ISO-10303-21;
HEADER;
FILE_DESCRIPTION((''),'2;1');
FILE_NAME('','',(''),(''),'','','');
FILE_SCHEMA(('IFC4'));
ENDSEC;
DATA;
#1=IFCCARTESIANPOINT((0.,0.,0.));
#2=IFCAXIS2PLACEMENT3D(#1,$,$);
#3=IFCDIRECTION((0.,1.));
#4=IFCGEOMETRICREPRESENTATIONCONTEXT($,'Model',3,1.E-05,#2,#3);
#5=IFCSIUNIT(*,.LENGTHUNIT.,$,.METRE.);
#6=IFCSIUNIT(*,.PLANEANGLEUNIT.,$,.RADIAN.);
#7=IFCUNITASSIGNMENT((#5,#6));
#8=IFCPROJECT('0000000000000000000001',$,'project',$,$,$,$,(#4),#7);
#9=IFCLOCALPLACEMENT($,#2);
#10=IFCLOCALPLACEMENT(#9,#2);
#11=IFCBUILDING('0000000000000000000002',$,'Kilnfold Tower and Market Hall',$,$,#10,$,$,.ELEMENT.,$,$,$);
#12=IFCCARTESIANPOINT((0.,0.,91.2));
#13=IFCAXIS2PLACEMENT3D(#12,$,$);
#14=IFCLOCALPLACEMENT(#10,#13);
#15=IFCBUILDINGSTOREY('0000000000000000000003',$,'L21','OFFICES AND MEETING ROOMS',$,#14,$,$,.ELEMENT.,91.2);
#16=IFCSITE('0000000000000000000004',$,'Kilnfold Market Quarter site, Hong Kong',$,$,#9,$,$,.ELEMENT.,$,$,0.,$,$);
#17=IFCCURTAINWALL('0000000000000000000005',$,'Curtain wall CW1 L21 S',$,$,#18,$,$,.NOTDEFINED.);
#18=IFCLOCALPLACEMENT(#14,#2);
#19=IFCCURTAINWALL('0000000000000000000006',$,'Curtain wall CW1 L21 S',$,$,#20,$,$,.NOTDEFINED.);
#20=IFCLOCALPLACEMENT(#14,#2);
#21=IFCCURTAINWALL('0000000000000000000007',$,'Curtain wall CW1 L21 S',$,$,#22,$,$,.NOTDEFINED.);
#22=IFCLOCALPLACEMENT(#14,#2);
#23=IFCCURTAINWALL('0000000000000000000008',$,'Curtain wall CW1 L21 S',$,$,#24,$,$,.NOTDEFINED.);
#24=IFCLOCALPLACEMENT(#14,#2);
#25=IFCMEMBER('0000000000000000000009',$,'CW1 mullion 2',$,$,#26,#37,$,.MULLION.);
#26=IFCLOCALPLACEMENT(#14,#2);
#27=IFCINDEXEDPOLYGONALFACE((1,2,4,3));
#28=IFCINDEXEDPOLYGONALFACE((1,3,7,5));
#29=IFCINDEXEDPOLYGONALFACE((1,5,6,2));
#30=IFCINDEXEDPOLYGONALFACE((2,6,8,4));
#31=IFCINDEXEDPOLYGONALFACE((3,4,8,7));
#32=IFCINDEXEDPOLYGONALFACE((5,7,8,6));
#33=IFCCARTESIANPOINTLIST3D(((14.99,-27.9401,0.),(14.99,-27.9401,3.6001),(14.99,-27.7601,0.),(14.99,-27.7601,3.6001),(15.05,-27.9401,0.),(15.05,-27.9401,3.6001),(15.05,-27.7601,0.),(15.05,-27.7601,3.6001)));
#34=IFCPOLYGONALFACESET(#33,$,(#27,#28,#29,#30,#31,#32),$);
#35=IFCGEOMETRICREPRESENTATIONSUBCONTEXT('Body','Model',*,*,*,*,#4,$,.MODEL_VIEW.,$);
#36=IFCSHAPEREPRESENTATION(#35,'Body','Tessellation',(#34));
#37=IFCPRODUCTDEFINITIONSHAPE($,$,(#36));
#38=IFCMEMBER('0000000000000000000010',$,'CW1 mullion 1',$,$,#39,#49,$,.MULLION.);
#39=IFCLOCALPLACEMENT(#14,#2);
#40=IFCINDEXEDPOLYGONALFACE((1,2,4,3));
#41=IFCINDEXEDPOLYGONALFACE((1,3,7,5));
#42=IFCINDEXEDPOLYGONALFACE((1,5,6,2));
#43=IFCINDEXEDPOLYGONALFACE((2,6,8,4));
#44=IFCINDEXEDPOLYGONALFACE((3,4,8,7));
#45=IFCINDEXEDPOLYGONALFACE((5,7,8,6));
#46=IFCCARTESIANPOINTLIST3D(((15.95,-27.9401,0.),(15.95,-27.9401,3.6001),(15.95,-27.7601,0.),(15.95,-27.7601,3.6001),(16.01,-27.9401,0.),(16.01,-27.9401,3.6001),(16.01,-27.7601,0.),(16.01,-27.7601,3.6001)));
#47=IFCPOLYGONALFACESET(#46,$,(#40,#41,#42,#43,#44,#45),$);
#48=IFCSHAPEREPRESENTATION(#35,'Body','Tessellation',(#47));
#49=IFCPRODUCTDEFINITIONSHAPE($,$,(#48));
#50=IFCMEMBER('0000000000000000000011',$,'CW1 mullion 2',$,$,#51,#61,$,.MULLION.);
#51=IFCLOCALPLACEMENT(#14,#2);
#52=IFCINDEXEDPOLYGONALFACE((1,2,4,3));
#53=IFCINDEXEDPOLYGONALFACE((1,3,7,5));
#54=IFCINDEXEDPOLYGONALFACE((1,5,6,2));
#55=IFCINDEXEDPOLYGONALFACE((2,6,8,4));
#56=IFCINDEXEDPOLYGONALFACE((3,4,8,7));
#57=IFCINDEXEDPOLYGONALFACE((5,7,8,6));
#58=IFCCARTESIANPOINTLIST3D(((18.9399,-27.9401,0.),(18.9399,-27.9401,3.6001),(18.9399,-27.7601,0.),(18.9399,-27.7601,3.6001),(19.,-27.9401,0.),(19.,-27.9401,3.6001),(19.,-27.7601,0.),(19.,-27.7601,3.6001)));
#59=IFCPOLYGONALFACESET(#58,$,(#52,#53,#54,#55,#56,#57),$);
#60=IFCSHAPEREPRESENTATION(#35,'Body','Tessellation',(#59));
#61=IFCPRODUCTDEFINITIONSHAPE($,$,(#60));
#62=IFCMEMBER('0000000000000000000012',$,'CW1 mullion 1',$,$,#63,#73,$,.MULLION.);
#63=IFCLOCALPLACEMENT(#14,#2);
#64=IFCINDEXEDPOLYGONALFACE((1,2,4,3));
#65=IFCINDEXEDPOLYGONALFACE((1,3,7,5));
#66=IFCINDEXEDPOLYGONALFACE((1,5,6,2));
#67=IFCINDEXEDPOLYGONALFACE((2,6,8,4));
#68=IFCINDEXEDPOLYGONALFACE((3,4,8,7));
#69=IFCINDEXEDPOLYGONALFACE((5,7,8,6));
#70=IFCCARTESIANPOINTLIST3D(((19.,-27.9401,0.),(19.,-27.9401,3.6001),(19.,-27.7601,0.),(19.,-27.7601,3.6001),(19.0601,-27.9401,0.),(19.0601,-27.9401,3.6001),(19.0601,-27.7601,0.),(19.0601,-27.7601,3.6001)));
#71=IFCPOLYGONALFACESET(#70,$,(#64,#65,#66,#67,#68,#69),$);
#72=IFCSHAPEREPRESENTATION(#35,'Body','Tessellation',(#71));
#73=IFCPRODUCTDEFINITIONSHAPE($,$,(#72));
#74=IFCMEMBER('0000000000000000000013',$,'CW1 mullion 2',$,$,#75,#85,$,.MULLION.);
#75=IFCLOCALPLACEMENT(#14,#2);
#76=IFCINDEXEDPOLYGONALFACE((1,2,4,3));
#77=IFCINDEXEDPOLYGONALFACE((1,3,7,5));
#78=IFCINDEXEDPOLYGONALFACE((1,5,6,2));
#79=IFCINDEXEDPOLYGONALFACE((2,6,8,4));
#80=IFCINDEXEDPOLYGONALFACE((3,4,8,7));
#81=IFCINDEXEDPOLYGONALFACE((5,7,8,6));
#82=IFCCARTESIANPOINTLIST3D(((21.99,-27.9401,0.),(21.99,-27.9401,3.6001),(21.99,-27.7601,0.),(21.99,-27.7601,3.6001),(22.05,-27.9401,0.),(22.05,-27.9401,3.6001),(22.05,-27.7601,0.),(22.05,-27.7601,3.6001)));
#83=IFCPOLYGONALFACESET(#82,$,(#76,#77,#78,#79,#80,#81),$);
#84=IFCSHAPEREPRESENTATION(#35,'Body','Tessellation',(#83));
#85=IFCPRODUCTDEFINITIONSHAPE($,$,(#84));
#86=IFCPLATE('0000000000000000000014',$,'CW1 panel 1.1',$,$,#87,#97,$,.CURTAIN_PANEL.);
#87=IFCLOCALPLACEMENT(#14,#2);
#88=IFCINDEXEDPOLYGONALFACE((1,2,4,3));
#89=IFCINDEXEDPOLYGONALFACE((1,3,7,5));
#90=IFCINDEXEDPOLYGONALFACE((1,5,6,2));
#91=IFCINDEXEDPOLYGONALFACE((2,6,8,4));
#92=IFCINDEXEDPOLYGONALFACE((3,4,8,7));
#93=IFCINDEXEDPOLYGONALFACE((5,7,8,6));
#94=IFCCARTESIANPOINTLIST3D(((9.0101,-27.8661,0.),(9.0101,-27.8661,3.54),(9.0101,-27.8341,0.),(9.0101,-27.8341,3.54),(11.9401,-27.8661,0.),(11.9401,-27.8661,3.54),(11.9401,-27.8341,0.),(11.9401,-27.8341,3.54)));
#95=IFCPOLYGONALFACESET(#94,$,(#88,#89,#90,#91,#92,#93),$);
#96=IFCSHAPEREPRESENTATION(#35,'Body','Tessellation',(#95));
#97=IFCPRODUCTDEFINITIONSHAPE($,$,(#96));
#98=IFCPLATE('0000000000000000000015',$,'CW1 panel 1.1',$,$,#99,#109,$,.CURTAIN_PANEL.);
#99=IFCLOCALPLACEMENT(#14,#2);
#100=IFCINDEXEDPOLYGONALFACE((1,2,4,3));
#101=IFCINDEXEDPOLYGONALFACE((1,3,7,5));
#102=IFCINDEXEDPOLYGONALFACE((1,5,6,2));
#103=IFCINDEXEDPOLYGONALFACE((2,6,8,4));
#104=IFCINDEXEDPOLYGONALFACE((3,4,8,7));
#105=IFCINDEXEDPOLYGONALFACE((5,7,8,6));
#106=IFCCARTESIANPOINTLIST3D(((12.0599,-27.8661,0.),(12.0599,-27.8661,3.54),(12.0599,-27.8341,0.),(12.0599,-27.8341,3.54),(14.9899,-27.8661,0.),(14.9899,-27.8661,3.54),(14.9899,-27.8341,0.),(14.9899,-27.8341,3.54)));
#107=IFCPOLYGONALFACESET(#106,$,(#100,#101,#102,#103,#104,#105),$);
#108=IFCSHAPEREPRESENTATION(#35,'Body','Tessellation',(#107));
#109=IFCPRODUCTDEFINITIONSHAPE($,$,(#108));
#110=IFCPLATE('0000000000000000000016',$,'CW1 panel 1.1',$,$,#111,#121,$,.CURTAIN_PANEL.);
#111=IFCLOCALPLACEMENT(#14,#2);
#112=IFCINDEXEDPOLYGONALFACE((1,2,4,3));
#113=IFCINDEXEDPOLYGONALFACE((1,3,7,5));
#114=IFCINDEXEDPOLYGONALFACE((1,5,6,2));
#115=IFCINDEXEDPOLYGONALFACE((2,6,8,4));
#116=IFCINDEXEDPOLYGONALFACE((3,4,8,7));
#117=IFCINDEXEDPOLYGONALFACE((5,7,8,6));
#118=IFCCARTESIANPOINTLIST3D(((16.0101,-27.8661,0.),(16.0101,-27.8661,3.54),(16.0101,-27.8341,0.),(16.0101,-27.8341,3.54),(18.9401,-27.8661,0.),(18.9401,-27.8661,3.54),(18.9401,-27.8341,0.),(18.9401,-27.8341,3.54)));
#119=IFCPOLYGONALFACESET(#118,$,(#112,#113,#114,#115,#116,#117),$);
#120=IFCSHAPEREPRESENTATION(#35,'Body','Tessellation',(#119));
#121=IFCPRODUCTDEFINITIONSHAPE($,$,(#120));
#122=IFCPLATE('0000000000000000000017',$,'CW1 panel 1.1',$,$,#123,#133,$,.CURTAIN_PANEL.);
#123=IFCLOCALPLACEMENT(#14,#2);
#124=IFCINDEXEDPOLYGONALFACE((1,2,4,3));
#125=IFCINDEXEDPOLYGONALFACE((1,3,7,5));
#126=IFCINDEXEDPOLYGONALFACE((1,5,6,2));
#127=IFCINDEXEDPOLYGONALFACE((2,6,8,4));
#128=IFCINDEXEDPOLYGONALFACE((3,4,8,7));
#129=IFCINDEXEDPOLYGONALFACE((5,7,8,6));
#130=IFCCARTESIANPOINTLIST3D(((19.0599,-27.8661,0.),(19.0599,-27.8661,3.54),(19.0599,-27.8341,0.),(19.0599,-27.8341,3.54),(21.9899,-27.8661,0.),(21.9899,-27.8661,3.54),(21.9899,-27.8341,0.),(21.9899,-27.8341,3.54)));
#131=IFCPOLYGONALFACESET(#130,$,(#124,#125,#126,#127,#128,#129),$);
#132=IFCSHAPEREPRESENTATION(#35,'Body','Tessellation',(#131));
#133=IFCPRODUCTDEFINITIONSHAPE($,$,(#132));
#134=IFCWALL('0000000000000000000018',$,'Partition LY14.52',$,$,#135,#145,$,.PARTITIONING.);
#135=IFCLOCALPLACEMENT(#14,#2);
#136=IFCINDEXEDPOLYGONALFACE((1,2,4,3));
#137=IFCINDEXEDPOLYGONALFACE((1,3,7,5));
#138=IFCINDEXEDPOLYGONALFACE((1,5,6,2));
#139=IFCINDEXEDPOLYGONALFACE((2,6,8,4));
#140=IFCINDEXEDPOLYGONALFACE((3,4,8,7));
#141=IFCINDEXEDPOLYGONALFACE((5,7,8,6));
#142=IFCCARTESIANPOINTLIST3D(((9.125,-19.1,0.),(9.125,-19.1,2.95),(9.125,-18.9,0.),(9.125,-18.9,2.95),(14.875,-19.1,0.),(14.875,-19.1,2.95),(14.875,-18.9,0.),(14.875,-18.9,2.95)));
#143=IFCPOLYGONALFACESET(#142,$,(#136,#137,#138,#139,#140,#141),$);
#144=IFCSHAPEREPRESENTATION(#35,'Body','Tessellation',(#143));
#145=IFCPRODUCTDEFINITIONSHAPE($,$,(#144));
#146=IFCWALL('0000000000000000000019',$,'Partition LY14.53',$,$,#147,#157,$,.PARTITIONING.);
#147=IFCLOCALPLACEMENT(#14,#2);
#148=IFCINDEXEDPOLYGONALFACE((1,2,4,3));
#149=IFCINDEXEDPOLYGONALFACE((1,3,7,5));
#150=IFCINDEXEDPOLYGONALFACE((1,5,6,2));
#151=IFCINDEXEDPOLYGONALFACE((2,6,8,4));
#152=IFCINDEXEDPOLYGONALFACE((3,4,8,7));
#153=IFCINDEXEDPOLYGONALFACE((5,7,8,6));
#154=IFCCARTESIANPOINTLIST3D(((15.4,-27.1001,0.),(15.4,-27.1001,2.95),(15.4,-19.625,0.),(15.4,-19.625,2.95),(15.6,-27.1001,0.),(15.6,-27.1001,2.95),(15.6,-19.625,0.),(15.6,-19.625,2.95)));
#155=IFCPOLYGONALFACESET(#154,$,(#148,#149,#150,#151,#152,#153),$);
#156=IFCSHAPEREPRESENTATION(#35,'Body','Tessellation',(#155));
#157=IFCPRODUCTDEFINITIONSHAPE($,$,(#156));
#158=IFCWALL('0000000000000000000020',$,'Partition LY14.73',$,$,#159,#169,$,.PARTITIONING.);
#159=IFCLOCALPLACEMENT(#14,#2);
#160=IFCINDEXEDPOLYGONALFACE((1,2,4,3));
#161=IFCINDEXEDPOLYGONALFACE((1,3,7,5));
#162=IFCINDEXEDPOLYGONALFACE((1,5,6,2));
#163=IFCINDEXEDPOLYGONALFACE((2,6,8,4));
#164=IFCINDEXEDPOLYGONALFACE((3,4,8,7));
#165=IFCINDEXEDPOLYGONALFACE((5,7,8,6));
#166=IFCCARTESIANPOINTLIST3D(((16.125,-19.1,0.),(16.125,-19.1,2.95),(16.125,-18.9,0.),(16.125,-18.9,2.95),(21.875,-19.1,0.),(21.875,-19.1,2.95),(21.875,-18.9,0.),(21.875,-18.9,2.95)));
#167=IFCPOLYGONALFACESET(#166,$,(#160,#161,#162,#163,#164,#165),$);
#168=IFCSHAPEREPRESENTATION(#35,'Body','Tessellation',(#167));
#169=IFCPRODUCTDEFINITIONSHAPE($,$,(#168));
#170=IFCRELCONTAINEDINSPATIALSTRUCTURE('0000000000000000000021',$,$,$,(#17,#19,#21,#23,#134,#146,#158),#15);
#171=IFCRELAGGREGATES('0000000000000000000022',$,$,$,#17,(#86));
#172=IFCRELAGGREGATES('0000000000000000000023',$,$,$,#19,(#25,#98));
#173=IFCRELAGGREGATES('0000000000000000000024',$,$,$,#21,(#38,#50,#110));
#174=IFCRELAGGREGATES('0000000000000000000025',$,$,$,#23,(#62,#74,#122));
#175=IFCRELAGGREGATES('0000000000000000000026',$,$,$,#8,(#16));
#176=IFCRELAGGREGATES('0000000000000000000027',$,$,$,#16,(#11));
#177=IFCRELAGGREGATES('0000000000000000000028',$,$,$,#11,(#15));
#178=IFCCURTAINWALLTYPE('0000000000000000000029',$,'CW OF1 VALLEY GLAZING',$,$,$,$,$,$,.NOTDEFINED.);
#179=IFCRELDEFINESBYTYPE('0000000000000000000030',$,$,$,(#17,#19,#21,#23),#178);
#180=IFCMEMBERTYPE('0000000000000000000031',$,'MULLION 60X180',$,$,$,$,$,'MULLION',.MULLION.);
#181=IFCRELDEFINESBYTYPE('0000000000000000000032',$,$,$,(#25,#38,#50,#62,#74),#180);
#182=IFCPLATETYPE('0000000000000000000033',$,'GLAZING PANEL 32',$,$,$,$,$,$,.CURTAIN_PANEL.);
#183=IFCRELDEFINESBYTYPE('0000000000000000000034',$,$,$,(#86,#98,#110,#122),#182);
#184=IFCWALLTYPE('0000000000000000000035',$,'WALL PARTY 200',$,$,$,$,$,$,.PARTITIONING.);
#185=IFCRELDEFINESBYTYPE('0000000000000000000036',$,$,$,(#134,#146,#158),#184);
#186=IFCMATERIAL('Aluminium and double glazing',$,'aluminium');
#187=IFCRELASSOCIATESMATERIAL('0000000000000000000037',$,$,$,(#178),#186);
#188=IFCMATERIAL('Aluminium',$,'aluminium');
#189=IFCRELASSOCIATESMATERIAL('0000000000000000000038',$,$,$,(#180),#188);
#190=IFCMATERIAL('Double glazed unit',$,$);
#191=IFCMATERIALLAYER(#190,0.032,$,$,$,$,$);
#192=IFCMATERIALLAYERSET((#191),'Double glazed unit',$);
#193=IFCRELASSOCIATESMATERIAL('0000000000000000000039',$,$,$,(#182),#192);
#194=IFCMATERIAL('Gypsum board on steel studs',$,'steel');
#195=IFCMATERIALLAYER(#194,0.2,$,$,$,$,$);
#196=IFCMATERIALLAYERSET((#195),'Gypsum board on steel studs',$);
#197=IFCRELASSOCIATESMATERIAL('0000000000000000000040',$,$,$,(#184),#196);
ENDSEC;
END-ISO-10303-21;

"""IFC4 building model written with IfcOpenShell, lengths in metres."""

from ifc_helpers import new_model, si_unit, direction, frame, frame_2d, origin, origin_2d, place, context, subcontext, project, spatial, rectangle, extrude, source, transform, mapped, material, layer, layer_set, material_profile, profile_set, type_object, element, aggregate, save


model = new_model("IFC4")

# Units and contexts
model_context = context("Model", 3, precision=1e-05, world=origin(), true_north=direction((0.0, 1.0)))
body_context = subcontext(model_context, "Body", "Model", "MODEL_VIEW")
ifc_project = project(units=[si_unit("LENGTHUNIT", "METRE"), si_unit("PLANEANGLEUNIT", "RADIAN")], contexts=[model_context])

# Site, building, storey
site_placement = place(None, origin())
site = spatial("IfcSite", under=ifc_project, at=site_placement, Name="Kilnfold Market Quarter site, Hong Kong", CompositionType="ELEMENT", RefElevation=0.0)
building_placement = place(site_placement, origin())
building = spatial("IfcBuilding", under=site, at=building_placement, Name="Kilnfold Tower and Market Hall", CompositionType="ELEMENT")
storey_placement = place(building_placement, frame((0.0, 0.0, 91.2)))
storey = spatial("IfcBuildingStorey", under=building, at=storey_placement, Name="L21", Description="OFFICES AND MEETING ROOMS", CompositionType="ELEMENT", Elevation=91.2)

# Curtain walls
ifc_material_1 = material(Name="Aluminium and double glazing", Category="aluminium")
curtain_wall_type = type_object("IfcCurtainWallType", Name="CW OF1 VALLEY GLAZING", PredefinedType="NOTDEFINED", material=ifc_material_1)
curtain_wall_1_placement = place(storey_placement, origin())
curtain_wall_1 = element("IfcCurtainWall", 1, at=curtain_wall_1_placement, inside=storey, type_object=curtain_wall_type, Name="Curtain wall CW1 L21 S", PredefinedType="NOTDEFINED")
curtain_wall_2_placement = place(storey_placement, origin())
curtain_wall_2 = element("IfcCurtainWall", 2, at=curtain_wall_2_placement, inside=storey, type_object=curtain_wall_type, Name="Curtain wall CW1 L21 S", PredefinedType="NOTDEFINED")
curtain_wall_3_placement = place(storey_placement, origin())
curtain_wall_3 = element("IfcCurtainWall", 3, at=curtain_wall_3_placement, inside=storey, type_object=curtain_wall_type, Name="Curtain wall CW1 L21 S", PredefinedType="NOTDEFINED")
curtain_wall_4_placement = place(storey_placement, origin())
curtain_wall_4 = element("IfcCurtainWall", 4, at=curtain_wall_4_placement, inside=storey, type_object=curtain_wall_type, Name="Curtain wall CW1 L21 S", PredefinedType="NOTDEFINED")

# Members
ifc_material_2 = material(Name="Aluminium", Category="aluminium")
ifc_material_profile_1 = material_profile(ifc_material_2, rectangle(XDim=0.0601, YDim=0.1799, at=origin_2d()), Name="MULLION 60x180")
ifc_profile_set_1 = profile_set([ifc_material_profile_1], Name="Aluminium")
member_type_1 = type_object("IfcMemberType", Name="MULLION 60X180", ElementType="MULLION", PredefinedType="MULLION", material=ifc_profile_set_1)
shared_shape_1 = source(origin(), body_context, "Body", "SweptSolid", [
    extrude(rectangle(XDim=0.0601, YDim=0.1799, at=origin_2d()), origin(), (0.0, 0.0, 1.0), 3.6001),
])
member_1_placement = place(storey_placement, frame((15.02, -27.8501, 0.0), z_axis=(0.0, 0.0, 1.0), x_axis=(1.0, 0.0, 0.0)))
member_1 = element("IfcMember", 5, at=member_1_placement, type_object=member_type_1, Name="CW1 mullion 2", PredefinedType="MULLION", context=body_context, shape_type="MappedRepresentation", body=[
    mapped(shared_shape_1, transform((0.0, 0.0, 0.0))),
])
member_2_placement = place(storey_placement, frame((15.98, -27.8501, 0.0), z_axis=(0.0, 0.0, 1.0), x_axis=(1.0, 0.0, 0.0)))
member_2 = element("IfcMember", 6, at=member_2_placement, type_object=member_type_1, Name="CW1 mullion 1", PredefinedType="MULLION", context=body_context, shape_type="MappedRepresentation", body=[
    mapped(shared_shape_1, transform((0.0, 0.0, 0.0))),
])
member_3_placement = place(storey_placement, frame((18.97, -27.8501, 0.0), z_axis=(0.0, 0.0, 1.0), x_axis=(1.0, 0.0, 0.0)))
member_3 = element("IfcMember", 7, at=member_3_placement, type_object=member_type_1, Name="CW1 mullion 2", PredefinedType="MULLION", context=body_context, shape_type="MappedRepresentation", body=[
    mapped(shared_shape_1, transform((0.0, 0.0, 0.0))),
])
member_4_placement = place(storey_placement, frame((19.03, -27.8501, 0.0), z_axis=(0.0, 0.0, 1.0), x_axis=(1.0, 0.0, 0.0)))
member_4 = element("IfcMember", 8, at=member_4_placement, type_object=member_type_1, Name="CW1 mullion 1", PredefinedType="MULLION", context=body_context, shape_type="MappedRepresentation", body=[
    mapped(shared_shape_1, transform((0.0, 0.0, 0.0))),
])
member_5_placement = place(storey_placement, frame((22.02, -27.8501, 0.0), z_axis=(0.0, 0.0, 1.0), x_axis=(1.0, 0.0, 0.0)))
member_5 = element("IfcMember", 9, at=member_5_placement, type_object=member_type_1, Name="CW1 mullion 2", PredefinedType="MULLION", context=body_context, shape_type="MappedRepresentation", body=[
    mapped(shared_shape_1, transform((0.0, 0.0, 0.0))),
])

# Plates
ifc_material_3 = material(Name="Double glazed unit")
ifc_layer_1 = layer(ifc_material_3, 0.032)
ifc_layer_set_1 = layer_set([ifc_layer_1], Name="Double glazed unit")
plate_type = type_object("IfcPlateType", Name="GLAZING PANEL 32", PredefinedType="CURTAIN_PANEL", material=ifc_layer_set_1)
shared_shape_2 = source(origin(), body_context, "Body", "SweptSolid", [
    extrude(rectangle(XDim=2.9299, YDim=0.032, at=origin_2d()), origin(), (0.0, 0.0, 1.0), 3.54),
])
plate_1_placement = place(storey_placement, frame((10.4751, -27.8501, 0.0), z_axis=(0.0, 0.0, 1.0), x_axis=(1.0, 0.0, 0.0)))
plate_1 = element("IfcPlate", 10, at=plate_1_placement, type_object=plate_type, Name="CW1 panel 1.1", PredefinedType="CURTAIN_PANEL", context=body_context, shape_type="MappedRepresentation", body=[
    mapped(shared_shape_2, transform((0.0, 0.0, 0.0))),
])
aggregate(curtain_wall_1, [plate_1])
plate_2_placement = place(storey_placement, frame((13.5249, -27.8501, 0.0), z_axis=(0.0, 0.0, 1.0), x_axis=(1.0, 0.0, 0.0)))
plate_2 = element("IfcPlate", 11, at=plate_2_placement, type_object=plate_type, Name="CW1 panel 1.1", PredefinedType="CURTAIN_PANEL", context=body_context, shape_type="MappedRepresentation", body=[
    mapped(shared_shape_2, transform((0.0, 0.0, 0.0))),
])
aggregate(curtain_wall_2, [member_1, plate_2])
plate_3_placement = place(storey_placement, frame((17.4751, -27.8501, 0.0), z_axis=(0.0, 0.0, 1.0), x_axis=(1.0, 0.0, 0.0)))
plate_3 = element("IfcPlate", 12, at=plate_3_placement, type_object=plate_type, Name="CW1 panel 1.1", PredefinedType="CURTAIN_PANEL", context=body_context, shape_type="MappedRepresentation", body=[
    mapped(shared_shape_2, transform((0.0, 0.0, 0.0))),
])
aggregate(curtain_wall_3, [member_2, member_3, plate_3])
plate_4_placement = place(storey_placement, frame((20.5249, -27.8501, 0.0), z_axis=(0.0, 0.0, 1.0), x_axis=(1.0, 0.0, 0.0)))
plate_4 = element("IfcPlate", 13, at=plate_4_placement, type_object=plate_type, Name="CW1 panel 1.1", PredefinedType="CURTAIN_PANEL", context=body_context, shape_type="MappedRepresentation", body=[
    mapped(shared_shape_2, transform((0.0, 0.0, 0.0))),
])
aggregate(curtain_wall_4, [member_4, member_5, plate_4])

# Walls
ifc_material_4 = material(Name="Gypsum board on steel studs", Category="steel")
ifc_layer_2 = layer(ifc_material_4, 0.2)
ifc_layer_set_2 = layer_set([ifc_layer_2], Name="Gypsum board on steel studs")
wall_type = type_object("IfcWallType", Name="WALL PARTY 200", PredefinedType="PARTITIONING", material=ifc_layer_set_2)
wall_1_placement = place(storey_placement, frame((9.125, -19.0, 0.0), z_axis=(0.0, 0.0, 1.0), x_axis=(1.0, 0.0, 0.0)))
element("IfcWall", 14, at=wall_1_placement, inside=storey, type_object=wall_type, Name="Partition LY14.52", PredefinedType="PARTITIONING", context=body_context, shape_type="SweptSolid", body=[
    extrude(rectangle(XDim=5.75, YDim=0.2, at=frame_2d((2.875, 0.0))), origin(), (0.0, 0.0, 1.0), 2.95),
])
wall_2_placement = place(storey_placement, frame((15.5, -27.1001, 0.0), z_axis=(0.0, 0.0, 1.0), x_axis=(0.0, 1.0, 0.0)))
element("IfcWall", 15, at=wall_2_placement, inside=storey, type_object=wall_type, Name="Partition LY14.53", PredefinedType="PARTITIONING", context=body_context, shape_type="SweptSolid", body=[
    extrude(rectangle(XDim=7.4751, YDim=0.2, at=frame_2d((3.7375, 0.0))), origin(), (0.0, 0.0, 1.0), 2.95),
])
wall_3_placement = place(storey_placement, frame((16.125, -19.0, 0.0), z_axis=(0.0, 0.0, 1.0), x_axis=(1.0, 0.0, 0.0)))
element("IfcWall", 16, at=wall_3_placement, inside=storey, type_object=wall_type, Name="Partition LY14.73", PredefinedType="PARTITIONING", context=body_context, shape_type="SweptSolid", body=[
    extrude(rectangle(XDim=5.75, YDim=0.2, at=frame_2d((2.875, 0.0))), origin(), (0.0, 0.0, 1.0), 2.95),
])

save(model, "model.ifc")
